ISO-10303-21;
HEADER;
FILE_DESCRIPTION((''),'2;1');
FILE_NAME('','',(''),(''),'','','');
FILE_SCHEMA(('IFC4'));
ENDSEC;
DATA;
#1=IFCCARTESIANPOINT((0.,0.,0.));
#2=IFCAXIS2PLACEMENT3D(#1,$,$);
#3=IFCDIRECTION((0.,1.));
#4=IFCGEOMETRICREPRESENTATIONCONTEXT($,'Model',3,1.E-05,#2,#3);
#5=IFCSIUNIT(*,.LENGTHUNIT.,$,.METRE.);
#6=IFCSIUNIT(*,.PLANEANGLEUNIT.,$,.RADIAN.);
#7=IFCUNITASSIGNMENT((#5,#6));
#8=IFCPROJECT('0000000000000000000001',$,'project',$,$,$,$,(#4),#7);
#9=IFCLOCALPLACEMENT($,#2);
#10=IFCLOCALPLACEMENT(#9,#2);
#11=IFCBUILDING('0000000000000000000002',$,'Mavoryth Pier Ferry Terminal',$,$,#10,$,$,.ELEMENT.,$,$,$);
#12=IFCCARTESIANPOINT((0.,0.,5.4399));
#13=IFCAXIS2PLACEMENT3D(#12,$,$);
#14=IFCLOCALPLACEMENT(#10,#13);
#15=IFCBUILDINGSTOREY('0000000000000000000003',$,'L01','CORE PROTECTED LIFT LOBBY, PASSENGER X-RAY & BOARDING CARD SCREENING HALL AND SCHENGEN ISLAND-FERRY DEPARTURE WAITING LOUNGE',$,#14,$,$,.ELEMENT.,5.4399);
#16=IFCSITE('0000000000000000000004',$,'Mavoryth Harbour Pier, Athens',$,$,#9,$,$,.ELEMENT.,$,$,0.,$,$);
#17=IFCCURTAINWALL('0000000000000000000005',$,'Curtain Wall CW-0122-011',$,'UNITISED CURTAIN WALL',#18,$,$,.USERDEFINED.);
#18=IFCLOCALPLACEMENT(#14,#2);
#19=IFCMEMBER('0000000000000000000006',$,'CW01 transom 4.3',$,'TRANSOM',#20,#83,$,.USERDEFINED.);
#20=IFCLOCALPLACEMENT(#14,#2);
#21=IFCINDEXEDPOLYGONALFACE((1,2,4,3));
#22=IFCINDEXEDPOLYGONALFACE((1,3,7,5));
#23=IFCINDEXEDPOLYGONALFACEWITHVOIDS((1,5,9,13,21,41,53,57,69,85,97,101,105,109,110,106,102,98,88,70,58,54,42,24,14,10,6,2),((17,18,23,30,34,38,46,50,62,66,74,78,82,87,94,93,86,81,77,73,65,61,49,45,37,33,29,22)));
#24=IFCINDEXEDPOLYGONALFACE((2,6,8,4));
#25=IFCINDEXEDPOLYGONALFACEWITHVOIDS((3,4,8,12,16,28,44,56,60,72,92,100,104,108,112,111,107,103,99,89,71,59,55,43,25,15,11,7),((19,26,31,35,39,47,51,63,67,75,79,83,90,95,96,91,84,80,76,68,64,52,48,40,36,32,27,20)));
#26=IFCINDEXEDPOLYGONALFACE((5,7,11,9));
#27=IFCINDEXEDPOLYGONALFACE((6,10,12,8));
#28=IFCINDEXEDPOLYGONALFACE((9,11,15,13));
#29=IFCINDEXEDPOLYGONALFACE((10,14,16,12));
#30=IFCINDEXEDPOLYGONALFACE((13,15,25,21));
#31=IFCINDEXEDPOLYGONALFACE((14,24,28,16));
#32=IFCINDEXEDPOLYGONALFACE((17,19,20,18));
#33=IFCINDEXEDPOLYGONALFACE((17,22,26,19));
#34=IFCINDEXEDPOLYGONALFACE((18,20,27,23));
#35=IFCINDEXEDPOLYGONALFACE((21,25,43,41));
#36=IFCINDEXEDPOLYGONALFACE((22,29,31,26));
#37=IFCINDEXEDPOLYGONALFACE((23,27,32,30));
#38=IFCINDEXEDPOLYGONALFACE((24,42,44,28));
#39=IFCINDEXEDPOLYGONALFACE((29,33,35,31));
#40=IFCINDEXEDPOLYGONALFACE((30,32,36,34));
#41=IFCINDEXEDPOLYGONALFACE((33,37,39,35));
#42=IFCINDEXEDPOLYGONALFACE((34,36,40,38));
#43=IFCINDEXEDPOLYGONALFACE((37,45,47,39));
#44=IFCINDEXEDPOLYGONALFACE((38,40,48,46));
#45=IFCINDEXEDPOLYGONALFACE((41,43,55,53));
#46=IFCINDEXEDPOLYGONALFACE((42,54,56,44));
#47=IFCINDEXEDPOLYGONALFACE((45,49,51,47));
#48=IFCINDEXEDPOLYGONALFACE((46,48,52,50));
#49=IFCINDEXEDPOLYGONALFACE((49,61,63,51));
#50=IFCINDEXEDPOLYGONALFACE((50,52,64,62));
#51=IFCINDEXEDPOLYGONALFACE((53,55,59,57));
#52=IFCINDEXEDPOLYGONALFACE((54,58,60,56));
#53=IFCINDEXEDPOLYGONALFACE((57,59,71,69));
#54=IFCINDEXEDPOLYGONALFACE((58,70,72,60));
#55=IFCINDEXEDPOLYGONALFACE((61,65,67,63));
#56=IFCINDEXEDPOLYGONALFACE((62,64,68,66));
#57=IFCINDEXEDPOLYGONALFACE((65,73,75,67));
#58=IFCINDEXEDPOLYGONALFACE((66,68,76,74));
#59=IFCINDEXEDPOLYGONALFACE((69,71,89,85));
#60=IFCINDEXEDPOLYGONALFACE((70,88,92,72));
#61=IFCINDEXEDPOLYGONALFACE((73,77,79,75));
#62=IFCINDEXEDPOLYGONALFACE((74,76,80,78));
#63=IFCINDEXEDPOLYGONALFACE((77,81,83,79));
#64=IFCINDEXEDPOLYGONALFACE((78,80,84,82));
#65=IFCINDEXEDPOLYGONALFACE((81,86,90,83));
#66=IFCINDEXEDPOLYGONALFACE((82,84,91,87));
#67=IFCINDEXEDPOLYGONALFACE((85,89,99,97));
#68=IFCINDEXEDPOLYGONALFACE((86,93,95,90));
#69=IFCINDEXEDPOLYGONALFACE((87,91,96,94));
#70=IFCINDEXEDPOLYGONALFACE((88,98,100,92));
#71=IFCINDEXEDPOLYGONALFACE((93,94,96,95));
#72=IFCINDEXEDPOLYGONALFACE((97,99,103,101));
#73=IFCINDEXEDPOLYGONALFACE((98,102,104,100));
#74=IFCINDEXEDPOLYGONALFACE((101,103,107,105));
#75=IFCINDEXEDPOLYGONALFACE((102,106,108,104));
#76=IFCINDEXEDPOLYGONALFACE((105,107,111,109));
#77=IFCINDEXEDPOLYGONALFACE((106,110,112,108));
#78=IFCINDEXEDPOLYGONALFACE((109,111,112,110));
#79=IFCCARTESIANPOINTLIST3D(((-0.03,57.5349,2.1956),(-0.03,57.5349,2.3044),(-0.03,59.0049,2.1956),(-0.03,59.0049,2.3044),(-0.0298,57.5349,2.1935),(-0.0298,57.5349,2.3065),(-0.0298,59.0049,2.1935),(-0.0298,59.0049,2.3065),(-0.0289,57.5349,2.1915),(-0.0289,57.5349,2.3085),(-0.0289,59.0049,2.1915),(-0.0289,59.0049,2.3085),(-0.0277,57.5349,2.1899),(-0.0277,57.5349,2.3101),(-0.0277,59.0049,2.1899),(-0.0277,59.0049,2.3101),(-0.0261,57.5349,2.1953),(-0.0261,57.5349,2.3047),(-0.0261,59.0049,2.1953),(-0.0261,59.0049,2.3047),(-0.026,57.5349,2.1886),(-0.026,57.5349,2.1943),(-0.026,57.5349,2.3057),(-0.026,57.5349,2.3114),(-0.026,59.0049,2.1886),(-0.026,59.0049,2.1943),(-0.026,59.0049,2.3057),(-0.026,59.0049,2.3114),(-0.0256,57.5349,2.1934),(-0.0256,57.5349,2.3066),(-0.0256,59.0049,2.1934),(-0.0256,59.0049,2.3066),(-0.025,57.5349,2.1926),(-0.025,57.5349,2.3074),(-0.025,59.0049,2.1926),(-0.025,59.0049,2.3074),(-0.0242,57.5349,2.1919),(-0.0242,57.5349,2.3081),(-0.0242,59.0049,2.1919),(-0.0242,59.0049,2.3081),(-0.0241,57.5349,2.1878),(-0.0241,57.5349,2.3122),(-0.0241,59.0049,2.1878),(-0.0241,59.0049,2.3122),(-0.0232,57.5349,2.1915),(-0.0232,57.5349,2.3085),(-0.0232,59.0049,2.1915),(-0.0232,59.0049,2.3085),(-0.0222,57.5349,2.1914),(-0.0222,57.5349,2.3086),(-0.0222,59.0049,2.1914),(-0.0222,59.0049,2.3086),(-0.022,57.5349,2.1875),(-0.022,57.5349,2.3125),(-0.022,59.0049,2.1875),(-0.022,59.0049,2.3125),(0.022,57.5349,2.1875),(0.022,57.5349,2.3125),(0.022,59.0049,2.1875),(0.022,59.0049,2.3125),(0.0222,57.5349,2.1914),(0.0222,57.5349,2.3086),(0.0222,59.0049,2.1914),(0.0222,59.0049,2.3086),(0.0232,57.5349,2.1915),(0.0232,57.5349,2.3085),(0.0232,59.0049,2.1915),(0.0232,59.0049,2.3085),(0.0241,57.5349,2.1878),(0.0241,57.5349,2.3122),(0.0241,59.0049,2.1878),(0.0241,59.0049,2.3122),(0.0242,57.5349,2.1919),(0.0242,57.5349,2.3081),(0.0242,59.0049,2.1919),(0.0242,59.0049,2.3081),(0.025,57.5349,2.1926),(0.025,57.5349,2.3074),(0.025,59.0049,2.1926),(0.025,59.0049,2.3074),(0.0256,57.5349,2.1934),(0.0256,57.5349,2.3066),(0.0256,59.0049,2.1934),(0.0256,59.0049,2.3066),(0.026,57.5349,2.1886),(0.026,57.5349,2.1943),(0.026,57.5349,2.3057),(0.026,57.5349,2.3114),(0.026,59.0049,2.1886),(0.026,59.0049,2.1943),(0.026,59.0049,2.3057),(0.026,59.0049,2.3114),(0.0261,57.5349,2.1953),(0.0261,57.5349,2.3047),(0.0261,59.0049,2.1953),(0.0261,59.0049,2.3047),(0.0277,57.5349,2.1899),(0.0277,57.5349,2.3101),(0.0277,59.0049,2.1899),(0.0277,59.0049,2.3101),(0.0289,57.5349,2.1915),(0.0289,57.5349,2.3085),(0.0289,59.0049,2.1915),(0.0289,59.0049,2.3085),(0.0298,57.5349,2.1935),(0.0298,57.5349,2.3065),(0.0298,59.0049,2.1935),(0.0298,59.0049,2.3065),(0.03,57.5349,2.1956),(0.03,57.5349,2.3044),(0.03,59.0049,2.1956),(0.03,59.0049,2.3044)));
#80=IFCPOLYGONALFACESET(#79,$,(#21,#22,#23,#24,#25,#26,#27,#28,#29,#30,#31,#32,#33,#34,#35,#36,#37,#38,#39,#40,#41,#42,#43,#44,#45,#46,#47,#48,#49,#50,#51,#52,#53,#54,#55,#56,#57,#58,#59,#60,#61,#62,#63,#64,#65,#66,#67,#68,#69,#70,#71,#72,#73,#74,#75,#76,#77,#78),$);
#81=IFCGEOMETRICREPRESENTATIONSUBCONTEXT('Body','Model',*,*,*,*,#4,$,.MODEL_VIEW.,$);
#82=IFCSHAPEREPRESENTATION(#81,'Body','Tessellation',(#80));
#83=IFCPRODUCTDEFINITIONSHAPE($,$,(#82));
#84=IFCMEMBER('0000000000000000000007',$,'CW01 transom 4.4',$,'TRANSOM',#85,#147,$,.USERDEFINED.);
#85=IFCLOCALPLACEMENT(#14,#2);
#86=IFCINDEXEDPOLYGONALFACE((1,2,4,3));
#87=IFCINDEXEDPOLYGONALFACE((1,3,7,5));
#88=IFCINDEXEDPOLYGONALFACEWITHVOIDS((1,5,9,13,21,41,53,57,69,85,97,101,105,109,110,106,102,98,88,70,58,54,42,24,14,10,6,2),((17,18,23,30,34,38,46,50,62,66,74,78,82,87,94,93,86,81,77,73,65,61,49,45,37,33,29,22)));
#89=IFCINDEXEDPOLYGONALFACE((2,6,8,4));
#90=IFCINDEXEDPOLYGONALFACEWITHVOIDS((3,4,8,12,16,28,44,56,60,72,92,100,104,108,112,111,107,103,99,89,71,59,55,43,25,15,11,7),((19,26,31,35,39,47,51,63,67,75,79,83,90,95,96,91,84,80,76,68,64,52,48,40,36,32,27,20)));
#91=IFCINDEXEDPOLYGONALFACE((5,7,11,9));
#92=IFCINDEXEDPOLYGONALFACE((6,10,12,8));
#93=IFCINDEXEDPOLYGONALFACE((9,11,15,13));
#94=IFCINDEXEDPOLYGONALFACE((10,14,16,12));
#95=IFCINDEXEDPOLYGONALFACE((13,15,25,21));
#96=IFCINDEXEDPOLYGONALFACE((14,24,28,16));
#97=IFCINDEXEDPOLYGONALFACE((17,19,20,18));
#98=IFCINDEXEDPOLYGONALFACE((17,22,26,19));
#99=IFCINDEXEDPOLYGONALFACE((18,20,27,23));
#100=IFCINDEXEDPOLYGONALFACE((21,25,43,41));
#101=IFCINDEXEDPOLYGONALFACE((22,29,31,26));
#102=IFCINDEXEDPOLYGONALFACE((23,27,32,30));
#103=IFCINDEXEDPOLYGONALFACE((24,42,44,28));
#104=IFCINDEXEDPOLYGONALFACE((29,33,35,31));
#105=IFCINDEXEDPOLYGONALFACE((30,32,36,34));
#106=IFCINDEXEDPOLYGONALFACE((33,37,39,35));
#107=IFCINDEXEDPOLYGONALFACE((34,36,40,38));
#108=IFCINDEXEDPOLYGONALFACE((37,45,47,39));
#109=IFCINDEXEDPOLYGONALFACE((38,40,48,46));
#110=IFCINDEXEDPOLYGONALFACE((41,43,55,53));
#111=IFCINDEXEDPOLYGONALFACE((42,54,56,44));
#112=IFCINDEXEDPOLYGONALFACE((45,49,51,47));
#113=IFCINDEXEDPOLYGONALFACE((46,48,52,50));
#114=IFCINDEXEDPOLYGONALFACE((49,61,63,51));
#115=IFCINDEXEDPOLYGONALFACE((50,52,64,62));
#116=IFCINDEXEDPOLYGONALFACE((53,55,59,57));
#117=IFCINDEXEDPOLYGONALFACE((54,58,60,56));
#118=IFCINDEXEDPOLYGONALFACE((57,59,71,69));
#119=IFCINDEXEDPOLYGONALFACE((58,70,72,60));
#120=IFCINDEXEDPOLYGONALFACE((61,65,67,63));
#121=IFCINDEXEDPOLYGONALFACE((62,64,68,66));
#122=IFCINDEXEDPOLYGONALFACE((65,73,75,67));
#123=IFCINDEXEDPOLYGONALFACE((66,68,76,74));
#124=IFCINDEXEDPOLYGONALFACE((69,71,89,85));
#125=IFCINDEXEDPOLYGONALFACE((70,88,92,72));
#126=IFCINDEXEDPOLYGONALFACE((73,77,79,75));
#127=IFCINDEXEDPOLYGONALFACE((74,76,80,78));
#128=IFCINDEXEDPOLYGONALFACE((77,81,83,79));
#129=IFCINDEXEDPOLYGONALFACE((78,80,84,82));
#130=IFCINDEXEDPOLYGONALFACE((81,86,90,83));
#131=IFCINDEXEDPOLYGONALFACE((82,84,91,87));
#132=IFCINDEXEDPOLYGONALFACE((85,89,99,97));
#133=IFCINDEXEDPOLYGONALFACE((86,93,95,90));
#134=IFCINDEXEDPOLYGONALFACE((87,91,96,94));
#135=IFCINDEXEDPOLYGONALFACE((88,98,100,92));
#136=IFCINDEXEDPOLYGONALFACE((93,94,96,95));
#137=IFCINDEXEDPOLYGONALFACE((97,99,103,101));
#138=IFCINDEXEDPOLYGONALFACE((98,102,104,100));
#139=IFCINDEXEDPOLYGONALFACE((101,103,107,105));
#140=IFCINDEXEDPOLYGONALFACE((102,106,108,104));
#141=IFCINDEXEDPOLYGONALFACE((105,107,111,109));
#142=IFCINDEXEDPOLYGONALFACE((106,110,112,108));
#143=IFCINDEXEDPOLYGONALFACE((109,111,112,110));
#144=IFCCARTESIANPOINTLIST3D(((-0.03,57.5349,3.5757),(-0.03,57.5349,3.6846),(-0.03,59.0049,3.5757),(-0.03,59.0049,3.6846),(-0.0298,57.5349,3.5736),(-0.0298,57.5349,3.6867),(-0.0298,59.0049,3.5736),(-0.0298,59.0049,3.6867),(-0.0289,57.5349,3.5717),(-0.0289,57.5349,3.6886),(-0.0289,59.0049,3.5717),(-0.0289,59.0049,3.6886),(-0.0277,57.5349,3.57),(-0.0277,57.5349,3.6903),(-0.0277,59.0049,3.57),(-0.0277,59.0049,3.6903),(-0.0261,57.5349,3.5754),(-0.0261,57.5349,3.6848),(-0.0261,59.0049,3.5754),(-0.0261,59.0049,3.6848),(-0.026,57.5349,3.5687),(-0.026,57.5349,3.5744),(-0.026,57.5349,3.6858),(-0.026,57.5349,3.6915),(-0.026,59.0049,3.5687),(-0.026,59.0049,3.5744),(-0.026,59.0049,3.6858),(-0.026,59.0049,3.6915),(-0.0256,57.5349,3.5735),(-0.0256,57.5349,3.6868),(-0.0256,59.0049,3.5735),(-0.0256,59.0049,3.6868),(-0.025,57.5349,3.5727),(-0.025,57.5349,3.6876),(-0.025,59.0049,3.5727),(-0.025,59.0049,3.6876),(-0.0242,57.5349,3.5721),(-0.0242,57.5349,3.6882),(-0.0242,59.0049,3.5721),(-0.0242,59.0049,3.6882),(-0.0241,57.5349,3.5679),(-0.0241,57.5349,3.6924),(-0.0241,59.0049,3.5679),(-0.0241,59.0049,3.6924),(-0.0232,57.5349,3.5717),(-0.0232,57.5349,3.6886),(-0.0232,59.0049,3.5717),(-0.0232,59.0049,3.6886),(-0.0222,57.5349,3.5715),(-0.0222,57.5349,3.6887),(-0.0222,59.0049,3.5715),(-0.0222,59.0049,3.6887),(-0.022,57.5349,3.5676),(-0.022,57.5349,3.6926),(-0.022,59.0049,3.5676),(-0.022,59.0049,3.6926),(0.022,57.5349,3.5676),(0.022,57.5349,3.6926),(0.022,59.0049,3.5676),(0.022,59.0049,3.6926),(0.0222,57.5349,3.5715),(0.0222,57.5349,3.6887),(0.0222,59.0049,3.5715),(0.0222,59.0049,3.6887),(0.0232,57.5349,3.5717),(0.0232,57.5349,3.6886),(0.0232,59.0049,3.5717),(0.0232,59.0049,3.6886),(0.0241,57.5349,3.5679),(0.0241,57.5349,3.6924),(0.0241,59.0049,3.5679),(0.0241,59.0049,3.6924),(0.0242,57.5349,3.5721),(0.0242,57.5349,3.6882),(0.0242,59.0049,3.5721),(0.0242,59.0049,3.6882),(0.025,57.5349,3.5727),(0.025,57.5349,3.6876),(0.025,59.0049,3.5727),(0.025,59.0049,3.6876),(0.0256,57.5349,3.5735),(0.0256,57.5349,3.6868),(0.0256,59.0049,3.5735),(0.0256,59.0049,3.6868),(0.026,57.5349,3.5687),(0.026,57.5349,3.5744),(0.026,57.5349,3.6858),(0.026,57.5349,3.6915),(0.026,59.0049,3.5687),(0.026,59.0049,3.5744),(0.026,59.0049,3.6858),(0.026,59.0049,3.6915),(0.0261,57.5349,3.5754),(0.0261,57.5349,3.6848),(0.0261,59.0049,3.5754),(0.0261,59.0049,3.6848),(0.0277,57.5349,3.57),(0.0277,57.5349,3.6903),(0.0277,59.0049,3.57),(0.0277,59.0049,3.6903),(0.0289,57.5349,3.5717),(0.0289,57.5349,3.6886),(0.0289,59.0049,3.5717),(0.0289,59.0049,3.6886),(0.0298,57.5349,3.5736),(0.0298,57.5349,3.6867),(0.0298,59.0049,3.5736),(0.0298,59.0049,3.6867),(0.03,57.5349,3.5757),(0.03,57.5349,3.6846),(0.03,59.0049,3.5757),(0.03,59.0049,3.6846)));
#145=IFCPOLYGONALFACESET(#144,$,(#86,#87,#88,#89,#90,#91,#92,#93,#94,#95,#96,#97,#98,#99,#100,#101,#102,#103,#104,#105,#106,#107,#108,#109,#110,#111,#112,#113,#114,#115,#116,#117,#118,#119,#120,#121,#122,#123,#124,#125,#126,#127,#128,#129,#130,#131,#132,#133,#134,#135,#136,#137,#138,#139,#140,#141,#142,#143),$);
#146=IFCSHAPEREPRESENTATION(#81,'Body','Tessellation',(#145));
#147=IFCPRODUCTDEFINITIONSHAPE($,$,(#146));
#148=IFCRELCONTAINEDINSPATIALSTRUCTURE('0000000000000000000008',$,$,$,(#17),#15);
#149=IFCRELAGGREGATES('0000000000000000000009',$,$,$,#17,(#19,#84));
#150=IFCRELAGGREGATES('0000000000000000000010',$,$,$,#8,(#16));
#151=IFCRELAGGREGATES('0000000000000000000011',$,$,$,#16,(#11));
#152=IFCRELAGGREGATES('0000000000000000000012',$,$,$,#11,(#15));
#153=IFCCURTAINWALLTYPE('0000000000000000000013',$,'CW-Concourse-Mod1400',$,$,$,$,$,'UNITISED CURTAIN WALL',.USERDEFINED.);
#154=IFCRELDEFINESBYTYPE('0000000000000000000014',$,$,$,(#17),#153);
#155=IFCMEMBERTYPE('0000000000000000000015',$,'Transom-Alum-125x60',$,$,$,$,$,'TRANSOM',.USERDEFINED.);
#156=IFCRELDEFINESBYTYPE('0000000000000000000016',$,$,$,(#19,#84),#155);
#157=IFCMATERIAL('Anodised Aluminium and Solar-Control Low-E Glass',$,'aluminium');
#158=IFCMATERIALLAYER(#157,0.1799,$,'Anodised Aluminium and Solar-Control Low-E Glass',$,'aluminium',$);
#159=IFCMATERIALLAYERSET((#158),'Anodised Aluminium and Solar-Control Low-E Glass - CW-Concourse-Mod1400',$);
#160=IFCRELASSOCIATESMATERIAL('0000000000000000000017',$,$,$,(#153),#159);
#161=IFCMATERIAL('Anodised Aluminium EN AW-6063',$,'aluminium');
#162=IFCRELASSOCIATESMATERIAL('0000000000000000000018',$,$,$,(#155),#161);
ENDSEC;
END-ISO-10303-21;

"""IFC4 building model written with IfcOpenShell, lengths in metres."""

from ifc_helpers import new_model, si_unit, direction, frame, origin, origin_2d, place, context, subcontext, project, spatial, hollow_rectangle, extrude, material, layer, layer_set, material_profile, profile_set, type_object, element, aggregate, save


model = new_model("IFC4")

# Units and contexts
model_context = context("Model", 3, precision=1e-05, world=origin(), true_north=direction((0.0, 1.0)))
body_context = subcontext(model_context, "Body", "Model", "MODEL_VIEW")
ifc_project = project(units=[si_unit("LENGTHUNIT", "METRE"), si_unit("PLANEANGLEUNIT", "RADIAN")], contexts=[model_context])

# Site, building, storey
site_placement = place(None, origin())
site = spatial("IfcSite", under=ifc_project, at=site_placement, Name="Mavoryth Harbour Pier, Athens", CompositionType="ELEMENT", RefElevation=0.0)
building_placement = place(site_placement, origin())
building = spatial("IfcBuilding", under=site, at=building_placement, Name="Mavoryth Pier Ferry Terminal", CompositionType="ELEMENT")
storey_placement = place(building_placement, frame((0.0, 0.0, 5.4399)))
storey = spatial("IfcBuildingStorey", under=building, at=storey_placement, Name="L01", Description="CORE PROTECTED LIFT LOBBY, PASSENGER X-RAY & BOARDING CARD SCREENING HALL AND SCHENGEN ISLAND-FERRY DEPARTURE WAITING LOUNGE", CompositionType="ELEMENT", Elevation=5.4399)

# Curtain wall, members
ifc_material_1 = material(Name="Anodised Aluminium and Solar-Control Low-E Glass", Category="aluminium")
ifc_layer_1 = layer(ifc_material_1, 0.1799, Name="Anodised Aluminium and Solar-Control Low-E Glass", Category="aluminium")
ifc_layer_set_1 = layer_set([ifc_layer_1], Name="Anodised Aluminium and Solar-Control Low-E Glass - CW-Concourse-Mod1400")
curtain_wall_type = type_object("IfcCurtainWallType", Name="CW-Concourse-Mod1400", ElementType="UNITISED CURTAIN WALL", PredefinedType="USERDEFINED", material=ifc_layer_set_1)
curtain_wall_placement = place(storey_placement, origin())
curtain_wall = element("IfcCurtainWall", 1, at=curtain_wall_placement, inside=storey, type_object=curtain_wall_type, Name="Curtain Wall CW-0122-011", ObjectType="UNITISED CURTAIN WALL", PredefinedType="USERDEFINED")
ifc_material_2 = material(Name="Anodised Aluminium EN AW-6063", Category="aluminium")
ifc_material_profile_1 = material_profile(ifc_material_2, hollow_rectangle(XDim=0.0601, YDim=0.125, WallThickness=0.0039, InnerFilletRadius=0.0039, OuterFilletRadius=0.0081, at=origin_2d()), Name="AL-TRAN 125x60x4", Category="aluminium")
ifc_profile_set_1 = profile_set([ifc_material_profile_1], Name="Anodised Aluminium EN AW-6063 - AL-TRAN 125x60x4")
member_type_1 = type_object("IfcMemberType", Name="Transom-Alum-125x60", ElementType="TRANSOM", PredefinedType="USERDEFINED", material=ifc_profile_set_1)
member_1_placement = place(storey_placement, frame((0.0, 59.0049, 2.25), z_axis=(0.0, -1.0, 0.0), x_axis=(1.0, 0.0, 0.0)))
member_1 = element("IfcMember", 2, at=member_1_placement, type_object=member_type_1, Name="CW01 transom 4.3", ObjectType="TRANSOM", PredefinedType="USERDEFINED", context=body_context, shape_type="SweptSolid", body=[
    extrude(hollow_rectangle(XDim=0.0601, YDim=0.125, WallThickness=0.0039, InnerFilletRadius=0.0039, OuterFilletRadius=0.0081, at=origin_2d()), origin(), (0.0, 0.0, 1.0), 1.47),
])
member_2_placement = place(storey_placement, frame((0.0, 59.0049, 3.6301), z_axis=(0.0, -1.0, 0.0), x_axis=(1.0, 0.0, 0.0)))
member_2 = element("IfcMember", 3, at=member_2_placement, type_object=member_type_1, Name="CW01 transom 4.4", ObjectType="TRANSOM", PredefinedType="USERDEFINED", context=body_context, shape_type="SweptSolid", body=[
    extrude(hollow_rectangle(XDim=0.0601, YDim=0.125, WallThickness=0.0039, InnerFilletRadius=0.0039, OuterFilletRadius=0.0081, at=origin_2d()), origin(), (0.0, 0.0, 1.0), 1.47),
])
aggregate(curtain_wall, [member_1, member_2])

save(model, "model.ifc")
